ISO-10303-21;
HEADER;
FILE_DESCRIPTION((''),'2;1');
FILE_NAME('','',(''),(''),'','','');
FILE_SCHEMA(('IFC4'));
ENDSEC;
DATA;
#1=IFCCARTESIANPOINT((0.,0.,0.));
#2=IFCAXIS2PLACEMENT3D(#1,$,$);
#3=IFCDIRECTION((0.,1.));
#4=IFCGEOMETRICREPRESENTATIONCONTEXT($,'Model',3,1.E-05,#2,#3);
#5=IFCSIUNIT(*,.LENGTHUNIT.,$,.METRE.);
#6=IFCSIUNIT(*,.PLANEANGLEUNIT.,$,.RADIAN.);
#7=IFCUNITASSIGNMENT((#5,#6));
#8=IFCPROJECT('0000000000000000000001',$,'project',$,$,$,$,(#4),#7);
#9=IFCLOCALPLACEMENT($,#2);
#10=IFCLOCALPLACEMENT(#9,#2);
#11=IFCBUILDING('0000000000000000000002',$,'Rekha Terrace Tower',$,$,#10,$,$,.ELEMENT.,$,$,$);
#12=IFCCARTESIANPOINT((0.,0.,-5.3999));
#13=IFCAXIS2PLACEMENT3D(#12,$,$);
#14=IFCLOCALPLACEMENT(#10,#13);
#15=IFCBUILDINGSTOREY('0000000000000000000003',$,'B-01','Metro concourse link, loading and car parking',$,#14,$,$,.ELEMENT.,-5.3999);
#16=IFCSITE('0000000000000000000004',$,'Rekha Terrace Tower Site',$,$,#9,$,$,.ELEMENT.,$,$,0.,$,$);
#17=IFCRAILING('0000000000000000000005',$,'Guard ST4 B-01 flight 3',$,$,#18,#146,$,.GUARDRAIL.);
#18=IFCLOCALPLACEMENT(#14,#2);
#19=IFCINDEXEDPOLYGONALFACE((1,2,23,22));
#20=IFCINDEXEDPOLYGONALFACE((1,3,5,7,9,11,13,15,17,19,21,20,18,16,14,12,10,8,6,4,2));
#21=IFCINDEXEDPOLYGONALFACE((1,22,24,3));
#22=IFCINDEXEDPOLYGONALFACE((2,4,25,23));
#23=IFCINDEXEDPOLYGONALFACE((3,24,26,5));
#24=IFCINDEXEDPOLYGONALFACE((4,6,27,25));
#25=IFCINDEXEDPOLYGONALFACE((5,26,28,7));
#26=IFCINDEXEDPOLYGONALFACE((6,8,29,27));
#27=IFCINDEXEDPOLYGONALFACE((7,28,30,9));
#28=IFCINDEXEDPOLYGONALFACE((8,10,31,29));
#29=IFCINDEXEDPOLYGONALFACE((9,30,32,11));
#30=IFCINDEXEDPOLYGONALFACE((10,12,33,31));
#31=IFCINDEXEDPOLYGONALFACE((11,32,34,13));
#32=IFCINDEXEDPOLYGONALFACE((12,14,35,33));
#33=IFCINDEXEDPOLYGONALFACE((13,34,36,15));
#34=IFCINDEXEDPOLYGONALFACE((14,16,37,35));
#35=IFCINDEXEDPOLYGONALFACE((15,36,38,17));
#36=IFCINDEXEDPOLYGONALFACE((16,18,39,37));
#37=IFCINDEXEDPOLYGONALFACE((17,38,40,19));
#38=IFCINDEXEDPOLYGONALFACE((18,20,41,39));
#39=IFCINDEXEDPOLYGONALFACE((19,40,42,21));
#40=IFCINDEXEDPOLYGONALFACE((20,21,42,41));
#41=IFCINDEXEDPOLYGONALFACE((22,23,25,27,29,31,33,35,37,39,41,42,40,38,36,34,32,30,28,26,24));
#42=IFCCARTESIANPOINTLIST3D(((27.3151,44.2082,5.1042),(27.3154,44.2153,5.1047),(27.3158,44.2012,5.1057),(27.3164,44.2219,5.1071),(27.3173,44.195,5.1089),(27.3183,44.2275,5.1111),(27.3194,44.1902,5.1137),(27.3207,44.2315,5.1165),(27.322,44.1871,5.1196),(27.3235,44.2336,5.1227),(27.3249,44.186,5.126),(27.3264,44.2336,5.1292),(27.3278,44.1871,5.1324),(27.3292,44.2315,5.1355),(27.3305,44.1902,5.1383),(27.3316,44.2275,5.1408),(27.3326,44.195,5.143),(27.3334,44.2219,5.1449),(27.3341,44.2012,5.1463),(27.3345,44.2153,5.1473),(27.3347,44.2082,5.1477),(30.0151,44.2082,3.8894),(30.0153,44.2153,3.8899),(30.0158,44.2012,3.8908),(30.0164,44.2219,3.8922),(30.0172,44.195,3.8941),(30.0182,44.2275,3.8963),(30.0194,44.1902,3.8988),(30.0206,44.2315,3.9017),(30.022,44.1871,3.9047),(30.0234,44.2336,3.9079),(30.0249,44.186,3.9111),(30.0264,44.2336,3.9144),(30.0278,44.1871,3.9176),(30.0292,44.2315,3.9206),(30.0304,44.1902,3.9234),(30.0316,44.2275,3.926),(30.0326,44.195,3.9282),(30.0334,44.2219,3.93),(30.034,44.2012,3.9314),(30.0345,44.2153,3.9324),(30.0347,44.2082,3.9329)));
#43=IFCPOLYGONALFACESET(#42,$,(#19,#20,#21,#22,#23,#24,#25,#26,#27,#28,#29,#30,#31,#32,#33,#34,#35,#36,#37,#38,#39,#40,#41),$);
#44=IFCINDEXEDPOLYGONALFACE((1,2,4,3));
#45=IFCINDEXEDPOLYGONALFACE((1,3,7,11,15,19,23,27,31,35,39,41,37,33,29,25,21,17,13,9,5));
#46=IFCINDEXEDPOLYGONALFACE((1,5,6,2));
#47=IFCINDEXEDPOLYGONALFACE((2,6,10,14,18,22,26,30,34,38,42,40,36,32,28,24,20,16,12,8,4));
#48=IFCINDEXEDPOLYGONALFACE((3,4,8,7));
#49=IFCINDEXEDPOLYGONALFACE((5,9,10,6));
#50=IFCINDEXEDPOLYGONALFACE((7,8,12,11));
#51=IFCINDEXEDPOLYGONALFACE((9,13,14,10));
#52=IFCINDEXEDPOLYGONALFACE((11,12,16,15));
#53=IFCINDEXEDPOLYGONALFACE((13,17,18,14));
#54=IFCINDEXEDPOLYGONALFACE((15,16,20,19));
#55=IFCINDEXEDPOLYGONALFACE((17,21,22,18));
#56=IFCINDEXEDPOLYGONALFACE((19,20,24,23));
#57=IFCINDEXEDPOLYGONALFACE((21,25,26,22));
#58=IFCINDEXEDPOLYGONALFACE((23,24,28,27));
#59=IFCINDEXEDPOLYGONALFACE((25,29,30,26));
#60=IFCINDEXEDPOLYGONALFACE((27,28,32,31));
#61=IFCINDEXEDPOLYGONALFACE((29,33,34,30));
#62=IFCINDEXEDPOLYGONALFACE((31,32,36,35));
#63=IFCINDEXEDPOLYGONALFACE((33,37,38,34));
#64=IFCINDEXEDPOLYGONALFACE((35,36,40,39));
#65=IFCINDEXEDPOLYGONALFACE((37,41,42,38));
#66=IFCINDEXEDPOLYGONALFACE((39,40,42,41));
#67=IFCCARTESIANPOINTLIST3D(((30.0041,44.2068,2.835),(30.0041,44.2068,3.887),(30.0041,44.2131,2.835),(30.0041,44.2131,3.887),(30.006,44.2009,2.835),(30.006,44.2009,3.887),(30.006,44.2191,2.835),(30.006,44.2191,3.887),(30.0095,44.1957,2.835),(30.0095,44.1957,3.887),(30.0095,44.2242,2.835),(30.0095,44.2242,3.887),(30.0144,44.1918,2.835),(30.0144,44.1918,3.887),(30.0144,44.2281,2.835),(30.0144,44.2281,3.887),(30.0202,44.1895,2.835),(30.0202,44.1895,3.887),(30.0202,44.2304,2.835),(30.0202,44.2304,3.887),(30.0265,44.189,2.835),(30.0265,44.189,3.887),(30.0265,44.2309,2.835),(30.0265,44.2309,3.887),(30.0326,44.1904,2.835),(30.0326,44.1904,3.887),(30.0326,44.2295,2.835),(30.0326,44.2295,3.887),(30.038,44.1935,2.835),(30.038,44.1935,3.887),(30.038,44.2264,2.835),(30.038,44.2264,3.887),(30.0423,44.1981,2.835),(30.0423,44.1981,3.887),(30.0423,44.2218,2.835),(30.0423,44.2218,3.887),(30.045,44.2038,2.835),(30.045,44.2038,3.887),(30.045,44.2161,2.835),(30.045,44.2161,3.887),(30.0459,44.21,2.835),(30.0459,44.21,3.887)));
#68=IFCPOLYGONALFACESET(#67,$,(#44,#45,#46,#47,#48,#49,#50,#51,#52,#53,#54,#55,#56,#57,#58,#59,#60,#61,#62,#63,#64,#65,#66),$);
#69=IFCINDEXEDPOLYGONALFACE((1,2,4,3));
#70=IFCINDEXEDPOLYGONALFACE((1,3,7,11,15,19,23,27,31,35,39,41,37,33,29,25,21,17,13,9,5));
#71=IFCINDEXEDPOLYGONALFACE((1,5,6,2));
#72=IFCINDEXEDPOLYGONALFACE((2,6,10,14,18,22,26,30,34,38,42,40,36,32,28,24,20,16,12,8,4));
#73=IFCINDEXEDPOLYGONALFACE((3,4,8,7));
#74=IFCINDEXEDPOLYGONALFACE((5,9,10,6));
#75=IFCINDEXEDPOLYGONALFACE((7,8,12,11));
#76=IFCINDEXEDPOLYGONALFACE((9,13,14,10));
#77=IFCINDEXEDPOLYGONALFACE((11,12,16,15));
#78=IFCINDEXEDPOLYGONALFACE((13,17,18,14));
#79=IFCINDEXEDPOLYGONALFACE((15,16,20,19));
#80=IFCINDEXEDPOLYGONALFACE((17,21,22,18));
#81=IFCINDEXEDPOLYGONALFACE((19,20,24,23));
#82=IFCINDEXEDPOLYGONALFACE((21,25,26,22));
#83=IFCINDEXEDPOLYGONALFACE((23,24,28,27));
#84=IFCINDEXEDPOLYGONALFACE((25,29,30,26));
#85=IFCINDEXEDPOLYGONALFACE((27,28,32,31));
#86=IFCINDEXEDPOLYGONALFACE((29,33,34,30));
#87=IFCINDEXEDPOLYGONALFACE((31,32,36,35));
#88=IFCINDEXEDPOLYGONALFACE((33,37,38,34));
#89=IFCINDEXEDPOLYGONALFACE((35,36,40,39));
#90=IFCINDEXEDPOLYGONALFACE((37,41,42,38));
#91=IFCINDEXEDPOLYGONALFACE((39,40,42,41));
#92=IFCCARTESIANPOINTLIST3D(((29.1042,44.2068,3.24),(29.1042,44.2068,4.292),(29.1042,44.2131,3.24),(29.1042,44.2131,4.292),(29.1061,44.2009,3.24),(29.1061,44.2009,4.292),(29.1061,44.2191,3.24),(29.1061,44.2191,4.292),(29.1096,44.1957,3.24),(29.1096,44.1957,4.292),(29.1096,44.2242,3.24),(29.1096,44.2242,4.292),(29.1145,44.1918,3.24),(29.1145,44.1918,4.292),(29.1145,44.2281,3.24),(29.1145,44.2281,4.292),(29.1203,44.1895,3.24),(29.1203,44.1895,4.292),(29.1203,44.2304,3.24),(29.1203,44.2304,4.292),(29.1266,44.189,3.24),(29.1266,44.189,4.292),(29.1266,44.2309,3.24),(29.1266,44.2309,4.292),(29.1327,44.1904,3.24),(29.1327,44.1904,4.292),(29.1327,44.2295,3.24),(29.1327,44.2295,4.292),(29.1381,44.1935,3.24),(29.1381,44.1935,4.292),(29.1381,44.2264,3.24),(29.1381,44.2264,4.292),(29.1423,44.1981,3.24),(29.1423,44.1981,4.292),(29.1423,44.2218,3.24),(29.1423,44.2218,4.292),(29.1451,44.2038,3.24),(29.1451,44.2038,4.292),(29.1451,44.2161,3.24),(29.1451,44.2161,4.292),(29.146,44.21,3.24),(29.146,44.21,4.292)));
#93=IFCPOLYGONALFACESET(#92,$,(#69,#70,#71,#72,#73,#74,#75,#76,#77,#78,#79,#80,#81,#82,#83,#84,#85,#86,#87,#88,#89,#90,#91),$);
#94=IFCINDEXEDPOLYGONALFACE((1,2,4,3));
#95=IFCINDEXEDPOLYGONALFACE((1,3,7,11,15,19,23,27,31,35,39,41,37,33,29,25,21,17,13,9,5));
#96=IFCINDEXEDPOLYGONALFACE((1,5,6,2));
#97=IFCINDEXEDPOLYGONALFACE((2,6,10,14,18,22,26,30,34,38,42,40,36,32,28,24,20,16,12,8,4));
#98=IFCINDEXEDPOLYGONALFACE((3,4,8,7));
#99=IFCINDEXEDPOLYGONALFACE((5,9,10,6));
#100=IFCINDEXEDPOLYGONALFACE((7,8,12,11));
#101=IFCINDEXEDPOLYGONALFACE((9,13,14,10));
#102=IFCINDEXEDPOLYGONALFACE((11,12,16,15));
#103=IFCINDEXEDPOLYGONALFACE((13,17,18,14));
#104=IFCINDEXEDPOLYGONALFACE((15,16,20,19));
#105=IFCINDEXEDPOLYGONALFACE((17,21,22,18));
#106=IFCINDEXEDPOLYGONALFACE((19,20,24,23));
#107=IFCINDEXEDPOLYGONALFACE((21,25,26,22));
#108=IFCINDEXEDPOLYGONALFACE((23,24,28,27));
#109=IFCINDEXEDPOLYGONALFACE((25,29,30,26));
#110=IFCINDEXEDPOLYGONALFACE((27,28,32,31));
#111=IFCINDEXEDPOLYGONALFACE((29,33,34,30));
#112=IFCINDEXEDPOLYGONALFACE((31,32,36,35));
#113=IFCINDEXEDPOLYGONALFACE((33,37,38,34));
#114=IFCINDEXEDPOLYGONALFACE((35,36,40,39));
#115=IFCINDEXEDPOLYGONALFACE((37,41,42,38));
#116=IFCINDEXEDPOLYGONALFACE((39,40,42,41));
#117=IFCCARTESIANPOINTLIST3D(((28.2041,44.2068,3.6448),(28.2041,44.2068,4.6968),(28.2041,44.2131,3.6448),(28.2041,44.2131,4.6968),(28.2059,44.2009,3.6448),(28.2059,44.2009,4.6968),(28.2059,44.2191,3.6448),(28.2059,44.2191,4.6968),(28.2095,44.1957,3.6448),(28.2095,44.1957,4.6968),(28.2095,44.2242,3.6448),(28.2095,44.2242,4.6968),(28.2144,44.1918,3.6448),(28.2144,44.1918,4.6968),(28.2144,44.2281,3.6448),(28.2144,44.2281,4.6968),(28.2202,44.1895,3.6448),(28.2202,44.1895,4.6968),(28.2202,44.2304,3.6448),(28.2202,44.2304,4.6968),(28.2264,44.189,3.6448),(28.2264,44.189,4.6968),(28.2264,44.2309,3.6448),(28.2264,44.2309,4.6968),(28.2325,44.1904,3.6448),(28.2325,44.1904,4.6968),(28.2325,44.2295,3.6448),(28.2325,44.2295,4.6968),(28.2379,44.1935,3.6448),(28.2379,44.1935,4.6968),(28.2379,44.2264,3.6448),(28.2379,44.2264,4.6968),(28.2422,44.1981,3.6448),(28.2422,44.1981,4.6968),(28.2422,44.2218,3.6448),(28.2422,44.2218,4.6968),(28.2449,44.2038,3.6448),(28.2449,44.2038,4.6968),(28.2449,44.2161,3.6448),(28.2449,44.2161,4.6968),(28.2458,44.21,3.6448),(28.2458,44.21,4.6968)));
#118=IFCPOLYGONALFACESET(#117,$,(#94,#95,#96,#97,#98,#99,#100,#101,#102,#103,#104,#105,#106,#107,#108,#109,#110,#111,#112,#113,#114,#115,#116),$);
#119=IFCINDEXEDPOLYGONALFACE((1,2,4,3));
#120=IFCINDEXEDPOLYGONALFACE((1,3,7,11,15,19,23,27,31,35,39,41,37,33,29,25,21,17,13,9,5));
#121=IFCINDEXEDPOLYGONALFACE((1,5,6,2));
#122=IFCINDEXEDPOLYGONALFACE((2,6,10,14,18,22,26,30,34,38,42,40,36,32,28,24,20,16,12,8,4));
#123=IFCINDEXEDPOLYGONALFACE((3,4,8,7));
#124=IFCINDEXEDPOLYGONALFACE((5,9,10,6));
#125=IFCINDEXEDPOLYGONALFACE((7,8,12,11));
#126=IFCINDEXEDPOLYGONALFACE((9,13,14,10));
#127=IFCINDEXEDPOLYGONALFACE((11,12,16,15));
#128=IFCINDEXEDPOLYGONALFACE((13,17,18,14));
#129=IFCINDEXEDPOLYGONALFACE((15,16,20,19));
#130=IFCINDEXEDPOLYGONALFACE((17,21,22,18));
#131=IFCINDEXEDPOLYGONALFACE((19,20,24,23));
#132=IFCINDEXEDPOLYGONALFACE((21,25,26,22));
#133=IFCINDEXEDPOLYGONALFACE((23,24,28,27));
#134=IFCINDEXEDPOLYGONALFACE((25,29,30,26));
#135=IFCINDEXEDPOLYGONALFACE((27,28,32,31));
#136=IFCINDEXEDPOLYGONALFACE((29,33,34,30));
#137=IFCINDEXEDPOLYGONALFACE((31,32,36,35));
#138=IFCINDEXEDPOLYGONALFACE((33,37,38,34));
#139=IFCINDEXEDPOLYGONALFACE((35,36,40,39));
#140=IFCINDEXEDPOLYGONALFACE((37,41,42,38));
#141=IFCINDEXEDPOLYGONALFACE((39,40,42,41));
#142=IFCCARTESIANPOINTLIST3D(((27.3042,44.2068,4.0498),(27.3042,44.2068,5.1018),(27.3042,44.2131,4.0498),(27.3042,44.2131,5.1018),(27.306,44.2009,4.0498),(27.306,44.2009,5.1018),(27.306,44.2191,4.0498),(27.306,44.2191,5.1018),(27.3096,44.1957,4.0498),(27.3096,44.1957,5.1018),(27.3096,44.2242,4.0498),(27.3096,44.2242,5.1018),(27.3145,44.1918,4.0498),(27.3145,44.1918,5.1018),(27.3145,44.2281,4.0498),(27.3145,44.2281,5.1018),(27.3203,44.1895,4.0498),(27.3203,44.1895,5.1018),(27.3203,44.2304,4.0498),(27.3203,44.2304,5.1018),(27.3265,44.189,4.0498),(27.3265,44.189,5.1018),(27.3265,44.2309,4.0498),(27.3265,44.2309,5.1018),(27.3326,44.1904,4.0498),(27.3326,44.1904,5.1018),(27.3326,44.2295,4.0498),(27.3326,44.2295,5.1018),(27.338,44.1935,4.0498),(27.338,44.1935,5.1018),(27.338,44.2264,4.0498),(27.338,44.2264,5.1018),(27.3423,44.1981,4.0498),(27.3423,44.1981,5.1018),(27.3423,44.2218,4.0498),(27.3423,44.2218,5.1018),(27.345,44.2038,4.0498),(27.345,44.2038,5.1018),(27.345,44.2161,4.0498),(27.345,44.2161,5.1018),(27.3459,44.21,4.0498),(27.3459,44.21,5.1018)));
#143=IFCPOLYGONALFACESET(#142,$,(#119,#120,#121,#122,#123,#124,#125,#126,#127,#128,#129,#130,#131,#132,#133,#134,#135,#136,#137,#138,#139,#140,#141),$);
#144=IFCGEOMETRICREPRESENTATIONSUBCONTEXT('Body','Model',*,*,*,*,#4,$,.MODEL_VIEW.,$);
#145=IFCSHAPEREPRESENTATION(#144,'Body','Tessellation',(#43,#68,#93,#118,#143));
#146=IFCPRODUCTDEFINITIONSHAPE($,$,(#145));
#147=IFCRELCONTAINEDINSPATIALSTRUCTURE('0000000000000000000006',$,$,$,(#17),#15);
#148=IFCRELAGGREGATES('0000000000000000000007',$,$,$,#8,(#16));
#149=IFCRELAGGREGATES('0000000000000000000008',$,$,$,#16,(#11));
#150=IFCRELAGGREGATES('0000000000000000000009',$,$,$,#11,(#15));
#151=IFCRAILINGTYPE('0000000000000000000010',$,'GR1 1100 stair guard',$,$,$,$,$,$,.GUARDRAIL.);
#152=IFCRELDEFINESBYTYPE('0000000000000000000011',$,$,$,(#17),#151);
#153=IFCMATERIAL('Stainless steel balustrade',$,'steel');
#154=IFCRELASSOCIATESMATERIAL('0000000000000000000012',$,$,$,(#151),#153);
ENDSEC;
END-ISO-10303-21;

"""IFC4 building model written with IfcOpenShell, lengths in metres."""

from ifc_helpers import new_model, si_unit, direction, frame, origin, origin_2d, place, context, subcontext, project, spatial, circle, extrude, material, type_object, element, save


model = new_model("IFC4")

# Units and contexts
model_context = context("Model", 3, precision=1e-05, world=origin(), true_north=direction((0.0, 1.0)))
body_context = subcontext(model_context, "Body", "Model", "MODEL_VIEW")
ifc_project = project(units=[si_unit("LENGTHUNIT", "METRE"), si_unit("PLANEANGLEUNIT", "RADIAN")], contexts=[model_context])

# Site, building, storey
site_placement = place(None, origin())
site = spatial("IfcSite", under=ifc_project, at=site_placement, Name="Rekha Terrace Tower Site", CompositionType="ELEMENT", RefElevation=0.0)
building_placement = place(site_placement, origin())
building = spatial("IfcBuilding", under=site, at=building_placement, Name="Rekha Terrace Tower", CompositionType="ELEMENT")
storey_placement = place(building_placement, frame((0.0, 0.0, -5.3999)))
storey = spatial("IfcBuildingStorey", under=building, at=storey_placement, Name="B-01", Description="Metro concourse link, loading and car parking", CompositionType="ELEMENT", Elevation=-5.3999)

# Railing
ifc_material_1 = material(Name="Stainless steel balustrade", Category="steel")
railing_type_1 = type_object("IfcRailingType", Name="GR1 1100 stair guard", PredefinedType="GUARDRAIL", material=ifc_material_1)
railing_1_placement = place(storey_placement, frame((30.0249, 44.21, 2.835)))
element("IfcRailing", 1, at=railing_1_placement, inside=storey, type_object=railing_type_1, Name="Guard ST4 B-01 flight 3", PredefinedType="GUARDRAIL", context=body_context, shape_type="SweptSolid", body=[
    extrude(circle(Radius=0.0239, at=origin_2d()), frame((0.0, 0.0, 1.0762), z_axis=(-0.911938, 0.0, 0.410327), x_axis=(0.0, -1.0, 0.0)), (0.0, 0.0, 1.0), 2.9607),
    extrude(circle(Radius=0.021, at=origin_2d()), origin(), (0.0, 0.0, 1.0), 1.052),
    extrude(circle(Radius=0.021, at=origin_2d()), frame((-0.8999, 0.0, 0.405)), (0.0, 0.0, 1.0), 1.052),
    extrude(circle(Radius=0.021, at=origin_2d()), frame((-1.8, 0.0, 0.8098)), (0.0, 0.0, 1.0), 1.052),
    extrude(circle(Radius=0.021, at=origin_2d()), frame((-2.7, 0.0, 1.2148)), (0.0, 0.0, 1.0), 1.052),
])

save(model, "model.ifc")
